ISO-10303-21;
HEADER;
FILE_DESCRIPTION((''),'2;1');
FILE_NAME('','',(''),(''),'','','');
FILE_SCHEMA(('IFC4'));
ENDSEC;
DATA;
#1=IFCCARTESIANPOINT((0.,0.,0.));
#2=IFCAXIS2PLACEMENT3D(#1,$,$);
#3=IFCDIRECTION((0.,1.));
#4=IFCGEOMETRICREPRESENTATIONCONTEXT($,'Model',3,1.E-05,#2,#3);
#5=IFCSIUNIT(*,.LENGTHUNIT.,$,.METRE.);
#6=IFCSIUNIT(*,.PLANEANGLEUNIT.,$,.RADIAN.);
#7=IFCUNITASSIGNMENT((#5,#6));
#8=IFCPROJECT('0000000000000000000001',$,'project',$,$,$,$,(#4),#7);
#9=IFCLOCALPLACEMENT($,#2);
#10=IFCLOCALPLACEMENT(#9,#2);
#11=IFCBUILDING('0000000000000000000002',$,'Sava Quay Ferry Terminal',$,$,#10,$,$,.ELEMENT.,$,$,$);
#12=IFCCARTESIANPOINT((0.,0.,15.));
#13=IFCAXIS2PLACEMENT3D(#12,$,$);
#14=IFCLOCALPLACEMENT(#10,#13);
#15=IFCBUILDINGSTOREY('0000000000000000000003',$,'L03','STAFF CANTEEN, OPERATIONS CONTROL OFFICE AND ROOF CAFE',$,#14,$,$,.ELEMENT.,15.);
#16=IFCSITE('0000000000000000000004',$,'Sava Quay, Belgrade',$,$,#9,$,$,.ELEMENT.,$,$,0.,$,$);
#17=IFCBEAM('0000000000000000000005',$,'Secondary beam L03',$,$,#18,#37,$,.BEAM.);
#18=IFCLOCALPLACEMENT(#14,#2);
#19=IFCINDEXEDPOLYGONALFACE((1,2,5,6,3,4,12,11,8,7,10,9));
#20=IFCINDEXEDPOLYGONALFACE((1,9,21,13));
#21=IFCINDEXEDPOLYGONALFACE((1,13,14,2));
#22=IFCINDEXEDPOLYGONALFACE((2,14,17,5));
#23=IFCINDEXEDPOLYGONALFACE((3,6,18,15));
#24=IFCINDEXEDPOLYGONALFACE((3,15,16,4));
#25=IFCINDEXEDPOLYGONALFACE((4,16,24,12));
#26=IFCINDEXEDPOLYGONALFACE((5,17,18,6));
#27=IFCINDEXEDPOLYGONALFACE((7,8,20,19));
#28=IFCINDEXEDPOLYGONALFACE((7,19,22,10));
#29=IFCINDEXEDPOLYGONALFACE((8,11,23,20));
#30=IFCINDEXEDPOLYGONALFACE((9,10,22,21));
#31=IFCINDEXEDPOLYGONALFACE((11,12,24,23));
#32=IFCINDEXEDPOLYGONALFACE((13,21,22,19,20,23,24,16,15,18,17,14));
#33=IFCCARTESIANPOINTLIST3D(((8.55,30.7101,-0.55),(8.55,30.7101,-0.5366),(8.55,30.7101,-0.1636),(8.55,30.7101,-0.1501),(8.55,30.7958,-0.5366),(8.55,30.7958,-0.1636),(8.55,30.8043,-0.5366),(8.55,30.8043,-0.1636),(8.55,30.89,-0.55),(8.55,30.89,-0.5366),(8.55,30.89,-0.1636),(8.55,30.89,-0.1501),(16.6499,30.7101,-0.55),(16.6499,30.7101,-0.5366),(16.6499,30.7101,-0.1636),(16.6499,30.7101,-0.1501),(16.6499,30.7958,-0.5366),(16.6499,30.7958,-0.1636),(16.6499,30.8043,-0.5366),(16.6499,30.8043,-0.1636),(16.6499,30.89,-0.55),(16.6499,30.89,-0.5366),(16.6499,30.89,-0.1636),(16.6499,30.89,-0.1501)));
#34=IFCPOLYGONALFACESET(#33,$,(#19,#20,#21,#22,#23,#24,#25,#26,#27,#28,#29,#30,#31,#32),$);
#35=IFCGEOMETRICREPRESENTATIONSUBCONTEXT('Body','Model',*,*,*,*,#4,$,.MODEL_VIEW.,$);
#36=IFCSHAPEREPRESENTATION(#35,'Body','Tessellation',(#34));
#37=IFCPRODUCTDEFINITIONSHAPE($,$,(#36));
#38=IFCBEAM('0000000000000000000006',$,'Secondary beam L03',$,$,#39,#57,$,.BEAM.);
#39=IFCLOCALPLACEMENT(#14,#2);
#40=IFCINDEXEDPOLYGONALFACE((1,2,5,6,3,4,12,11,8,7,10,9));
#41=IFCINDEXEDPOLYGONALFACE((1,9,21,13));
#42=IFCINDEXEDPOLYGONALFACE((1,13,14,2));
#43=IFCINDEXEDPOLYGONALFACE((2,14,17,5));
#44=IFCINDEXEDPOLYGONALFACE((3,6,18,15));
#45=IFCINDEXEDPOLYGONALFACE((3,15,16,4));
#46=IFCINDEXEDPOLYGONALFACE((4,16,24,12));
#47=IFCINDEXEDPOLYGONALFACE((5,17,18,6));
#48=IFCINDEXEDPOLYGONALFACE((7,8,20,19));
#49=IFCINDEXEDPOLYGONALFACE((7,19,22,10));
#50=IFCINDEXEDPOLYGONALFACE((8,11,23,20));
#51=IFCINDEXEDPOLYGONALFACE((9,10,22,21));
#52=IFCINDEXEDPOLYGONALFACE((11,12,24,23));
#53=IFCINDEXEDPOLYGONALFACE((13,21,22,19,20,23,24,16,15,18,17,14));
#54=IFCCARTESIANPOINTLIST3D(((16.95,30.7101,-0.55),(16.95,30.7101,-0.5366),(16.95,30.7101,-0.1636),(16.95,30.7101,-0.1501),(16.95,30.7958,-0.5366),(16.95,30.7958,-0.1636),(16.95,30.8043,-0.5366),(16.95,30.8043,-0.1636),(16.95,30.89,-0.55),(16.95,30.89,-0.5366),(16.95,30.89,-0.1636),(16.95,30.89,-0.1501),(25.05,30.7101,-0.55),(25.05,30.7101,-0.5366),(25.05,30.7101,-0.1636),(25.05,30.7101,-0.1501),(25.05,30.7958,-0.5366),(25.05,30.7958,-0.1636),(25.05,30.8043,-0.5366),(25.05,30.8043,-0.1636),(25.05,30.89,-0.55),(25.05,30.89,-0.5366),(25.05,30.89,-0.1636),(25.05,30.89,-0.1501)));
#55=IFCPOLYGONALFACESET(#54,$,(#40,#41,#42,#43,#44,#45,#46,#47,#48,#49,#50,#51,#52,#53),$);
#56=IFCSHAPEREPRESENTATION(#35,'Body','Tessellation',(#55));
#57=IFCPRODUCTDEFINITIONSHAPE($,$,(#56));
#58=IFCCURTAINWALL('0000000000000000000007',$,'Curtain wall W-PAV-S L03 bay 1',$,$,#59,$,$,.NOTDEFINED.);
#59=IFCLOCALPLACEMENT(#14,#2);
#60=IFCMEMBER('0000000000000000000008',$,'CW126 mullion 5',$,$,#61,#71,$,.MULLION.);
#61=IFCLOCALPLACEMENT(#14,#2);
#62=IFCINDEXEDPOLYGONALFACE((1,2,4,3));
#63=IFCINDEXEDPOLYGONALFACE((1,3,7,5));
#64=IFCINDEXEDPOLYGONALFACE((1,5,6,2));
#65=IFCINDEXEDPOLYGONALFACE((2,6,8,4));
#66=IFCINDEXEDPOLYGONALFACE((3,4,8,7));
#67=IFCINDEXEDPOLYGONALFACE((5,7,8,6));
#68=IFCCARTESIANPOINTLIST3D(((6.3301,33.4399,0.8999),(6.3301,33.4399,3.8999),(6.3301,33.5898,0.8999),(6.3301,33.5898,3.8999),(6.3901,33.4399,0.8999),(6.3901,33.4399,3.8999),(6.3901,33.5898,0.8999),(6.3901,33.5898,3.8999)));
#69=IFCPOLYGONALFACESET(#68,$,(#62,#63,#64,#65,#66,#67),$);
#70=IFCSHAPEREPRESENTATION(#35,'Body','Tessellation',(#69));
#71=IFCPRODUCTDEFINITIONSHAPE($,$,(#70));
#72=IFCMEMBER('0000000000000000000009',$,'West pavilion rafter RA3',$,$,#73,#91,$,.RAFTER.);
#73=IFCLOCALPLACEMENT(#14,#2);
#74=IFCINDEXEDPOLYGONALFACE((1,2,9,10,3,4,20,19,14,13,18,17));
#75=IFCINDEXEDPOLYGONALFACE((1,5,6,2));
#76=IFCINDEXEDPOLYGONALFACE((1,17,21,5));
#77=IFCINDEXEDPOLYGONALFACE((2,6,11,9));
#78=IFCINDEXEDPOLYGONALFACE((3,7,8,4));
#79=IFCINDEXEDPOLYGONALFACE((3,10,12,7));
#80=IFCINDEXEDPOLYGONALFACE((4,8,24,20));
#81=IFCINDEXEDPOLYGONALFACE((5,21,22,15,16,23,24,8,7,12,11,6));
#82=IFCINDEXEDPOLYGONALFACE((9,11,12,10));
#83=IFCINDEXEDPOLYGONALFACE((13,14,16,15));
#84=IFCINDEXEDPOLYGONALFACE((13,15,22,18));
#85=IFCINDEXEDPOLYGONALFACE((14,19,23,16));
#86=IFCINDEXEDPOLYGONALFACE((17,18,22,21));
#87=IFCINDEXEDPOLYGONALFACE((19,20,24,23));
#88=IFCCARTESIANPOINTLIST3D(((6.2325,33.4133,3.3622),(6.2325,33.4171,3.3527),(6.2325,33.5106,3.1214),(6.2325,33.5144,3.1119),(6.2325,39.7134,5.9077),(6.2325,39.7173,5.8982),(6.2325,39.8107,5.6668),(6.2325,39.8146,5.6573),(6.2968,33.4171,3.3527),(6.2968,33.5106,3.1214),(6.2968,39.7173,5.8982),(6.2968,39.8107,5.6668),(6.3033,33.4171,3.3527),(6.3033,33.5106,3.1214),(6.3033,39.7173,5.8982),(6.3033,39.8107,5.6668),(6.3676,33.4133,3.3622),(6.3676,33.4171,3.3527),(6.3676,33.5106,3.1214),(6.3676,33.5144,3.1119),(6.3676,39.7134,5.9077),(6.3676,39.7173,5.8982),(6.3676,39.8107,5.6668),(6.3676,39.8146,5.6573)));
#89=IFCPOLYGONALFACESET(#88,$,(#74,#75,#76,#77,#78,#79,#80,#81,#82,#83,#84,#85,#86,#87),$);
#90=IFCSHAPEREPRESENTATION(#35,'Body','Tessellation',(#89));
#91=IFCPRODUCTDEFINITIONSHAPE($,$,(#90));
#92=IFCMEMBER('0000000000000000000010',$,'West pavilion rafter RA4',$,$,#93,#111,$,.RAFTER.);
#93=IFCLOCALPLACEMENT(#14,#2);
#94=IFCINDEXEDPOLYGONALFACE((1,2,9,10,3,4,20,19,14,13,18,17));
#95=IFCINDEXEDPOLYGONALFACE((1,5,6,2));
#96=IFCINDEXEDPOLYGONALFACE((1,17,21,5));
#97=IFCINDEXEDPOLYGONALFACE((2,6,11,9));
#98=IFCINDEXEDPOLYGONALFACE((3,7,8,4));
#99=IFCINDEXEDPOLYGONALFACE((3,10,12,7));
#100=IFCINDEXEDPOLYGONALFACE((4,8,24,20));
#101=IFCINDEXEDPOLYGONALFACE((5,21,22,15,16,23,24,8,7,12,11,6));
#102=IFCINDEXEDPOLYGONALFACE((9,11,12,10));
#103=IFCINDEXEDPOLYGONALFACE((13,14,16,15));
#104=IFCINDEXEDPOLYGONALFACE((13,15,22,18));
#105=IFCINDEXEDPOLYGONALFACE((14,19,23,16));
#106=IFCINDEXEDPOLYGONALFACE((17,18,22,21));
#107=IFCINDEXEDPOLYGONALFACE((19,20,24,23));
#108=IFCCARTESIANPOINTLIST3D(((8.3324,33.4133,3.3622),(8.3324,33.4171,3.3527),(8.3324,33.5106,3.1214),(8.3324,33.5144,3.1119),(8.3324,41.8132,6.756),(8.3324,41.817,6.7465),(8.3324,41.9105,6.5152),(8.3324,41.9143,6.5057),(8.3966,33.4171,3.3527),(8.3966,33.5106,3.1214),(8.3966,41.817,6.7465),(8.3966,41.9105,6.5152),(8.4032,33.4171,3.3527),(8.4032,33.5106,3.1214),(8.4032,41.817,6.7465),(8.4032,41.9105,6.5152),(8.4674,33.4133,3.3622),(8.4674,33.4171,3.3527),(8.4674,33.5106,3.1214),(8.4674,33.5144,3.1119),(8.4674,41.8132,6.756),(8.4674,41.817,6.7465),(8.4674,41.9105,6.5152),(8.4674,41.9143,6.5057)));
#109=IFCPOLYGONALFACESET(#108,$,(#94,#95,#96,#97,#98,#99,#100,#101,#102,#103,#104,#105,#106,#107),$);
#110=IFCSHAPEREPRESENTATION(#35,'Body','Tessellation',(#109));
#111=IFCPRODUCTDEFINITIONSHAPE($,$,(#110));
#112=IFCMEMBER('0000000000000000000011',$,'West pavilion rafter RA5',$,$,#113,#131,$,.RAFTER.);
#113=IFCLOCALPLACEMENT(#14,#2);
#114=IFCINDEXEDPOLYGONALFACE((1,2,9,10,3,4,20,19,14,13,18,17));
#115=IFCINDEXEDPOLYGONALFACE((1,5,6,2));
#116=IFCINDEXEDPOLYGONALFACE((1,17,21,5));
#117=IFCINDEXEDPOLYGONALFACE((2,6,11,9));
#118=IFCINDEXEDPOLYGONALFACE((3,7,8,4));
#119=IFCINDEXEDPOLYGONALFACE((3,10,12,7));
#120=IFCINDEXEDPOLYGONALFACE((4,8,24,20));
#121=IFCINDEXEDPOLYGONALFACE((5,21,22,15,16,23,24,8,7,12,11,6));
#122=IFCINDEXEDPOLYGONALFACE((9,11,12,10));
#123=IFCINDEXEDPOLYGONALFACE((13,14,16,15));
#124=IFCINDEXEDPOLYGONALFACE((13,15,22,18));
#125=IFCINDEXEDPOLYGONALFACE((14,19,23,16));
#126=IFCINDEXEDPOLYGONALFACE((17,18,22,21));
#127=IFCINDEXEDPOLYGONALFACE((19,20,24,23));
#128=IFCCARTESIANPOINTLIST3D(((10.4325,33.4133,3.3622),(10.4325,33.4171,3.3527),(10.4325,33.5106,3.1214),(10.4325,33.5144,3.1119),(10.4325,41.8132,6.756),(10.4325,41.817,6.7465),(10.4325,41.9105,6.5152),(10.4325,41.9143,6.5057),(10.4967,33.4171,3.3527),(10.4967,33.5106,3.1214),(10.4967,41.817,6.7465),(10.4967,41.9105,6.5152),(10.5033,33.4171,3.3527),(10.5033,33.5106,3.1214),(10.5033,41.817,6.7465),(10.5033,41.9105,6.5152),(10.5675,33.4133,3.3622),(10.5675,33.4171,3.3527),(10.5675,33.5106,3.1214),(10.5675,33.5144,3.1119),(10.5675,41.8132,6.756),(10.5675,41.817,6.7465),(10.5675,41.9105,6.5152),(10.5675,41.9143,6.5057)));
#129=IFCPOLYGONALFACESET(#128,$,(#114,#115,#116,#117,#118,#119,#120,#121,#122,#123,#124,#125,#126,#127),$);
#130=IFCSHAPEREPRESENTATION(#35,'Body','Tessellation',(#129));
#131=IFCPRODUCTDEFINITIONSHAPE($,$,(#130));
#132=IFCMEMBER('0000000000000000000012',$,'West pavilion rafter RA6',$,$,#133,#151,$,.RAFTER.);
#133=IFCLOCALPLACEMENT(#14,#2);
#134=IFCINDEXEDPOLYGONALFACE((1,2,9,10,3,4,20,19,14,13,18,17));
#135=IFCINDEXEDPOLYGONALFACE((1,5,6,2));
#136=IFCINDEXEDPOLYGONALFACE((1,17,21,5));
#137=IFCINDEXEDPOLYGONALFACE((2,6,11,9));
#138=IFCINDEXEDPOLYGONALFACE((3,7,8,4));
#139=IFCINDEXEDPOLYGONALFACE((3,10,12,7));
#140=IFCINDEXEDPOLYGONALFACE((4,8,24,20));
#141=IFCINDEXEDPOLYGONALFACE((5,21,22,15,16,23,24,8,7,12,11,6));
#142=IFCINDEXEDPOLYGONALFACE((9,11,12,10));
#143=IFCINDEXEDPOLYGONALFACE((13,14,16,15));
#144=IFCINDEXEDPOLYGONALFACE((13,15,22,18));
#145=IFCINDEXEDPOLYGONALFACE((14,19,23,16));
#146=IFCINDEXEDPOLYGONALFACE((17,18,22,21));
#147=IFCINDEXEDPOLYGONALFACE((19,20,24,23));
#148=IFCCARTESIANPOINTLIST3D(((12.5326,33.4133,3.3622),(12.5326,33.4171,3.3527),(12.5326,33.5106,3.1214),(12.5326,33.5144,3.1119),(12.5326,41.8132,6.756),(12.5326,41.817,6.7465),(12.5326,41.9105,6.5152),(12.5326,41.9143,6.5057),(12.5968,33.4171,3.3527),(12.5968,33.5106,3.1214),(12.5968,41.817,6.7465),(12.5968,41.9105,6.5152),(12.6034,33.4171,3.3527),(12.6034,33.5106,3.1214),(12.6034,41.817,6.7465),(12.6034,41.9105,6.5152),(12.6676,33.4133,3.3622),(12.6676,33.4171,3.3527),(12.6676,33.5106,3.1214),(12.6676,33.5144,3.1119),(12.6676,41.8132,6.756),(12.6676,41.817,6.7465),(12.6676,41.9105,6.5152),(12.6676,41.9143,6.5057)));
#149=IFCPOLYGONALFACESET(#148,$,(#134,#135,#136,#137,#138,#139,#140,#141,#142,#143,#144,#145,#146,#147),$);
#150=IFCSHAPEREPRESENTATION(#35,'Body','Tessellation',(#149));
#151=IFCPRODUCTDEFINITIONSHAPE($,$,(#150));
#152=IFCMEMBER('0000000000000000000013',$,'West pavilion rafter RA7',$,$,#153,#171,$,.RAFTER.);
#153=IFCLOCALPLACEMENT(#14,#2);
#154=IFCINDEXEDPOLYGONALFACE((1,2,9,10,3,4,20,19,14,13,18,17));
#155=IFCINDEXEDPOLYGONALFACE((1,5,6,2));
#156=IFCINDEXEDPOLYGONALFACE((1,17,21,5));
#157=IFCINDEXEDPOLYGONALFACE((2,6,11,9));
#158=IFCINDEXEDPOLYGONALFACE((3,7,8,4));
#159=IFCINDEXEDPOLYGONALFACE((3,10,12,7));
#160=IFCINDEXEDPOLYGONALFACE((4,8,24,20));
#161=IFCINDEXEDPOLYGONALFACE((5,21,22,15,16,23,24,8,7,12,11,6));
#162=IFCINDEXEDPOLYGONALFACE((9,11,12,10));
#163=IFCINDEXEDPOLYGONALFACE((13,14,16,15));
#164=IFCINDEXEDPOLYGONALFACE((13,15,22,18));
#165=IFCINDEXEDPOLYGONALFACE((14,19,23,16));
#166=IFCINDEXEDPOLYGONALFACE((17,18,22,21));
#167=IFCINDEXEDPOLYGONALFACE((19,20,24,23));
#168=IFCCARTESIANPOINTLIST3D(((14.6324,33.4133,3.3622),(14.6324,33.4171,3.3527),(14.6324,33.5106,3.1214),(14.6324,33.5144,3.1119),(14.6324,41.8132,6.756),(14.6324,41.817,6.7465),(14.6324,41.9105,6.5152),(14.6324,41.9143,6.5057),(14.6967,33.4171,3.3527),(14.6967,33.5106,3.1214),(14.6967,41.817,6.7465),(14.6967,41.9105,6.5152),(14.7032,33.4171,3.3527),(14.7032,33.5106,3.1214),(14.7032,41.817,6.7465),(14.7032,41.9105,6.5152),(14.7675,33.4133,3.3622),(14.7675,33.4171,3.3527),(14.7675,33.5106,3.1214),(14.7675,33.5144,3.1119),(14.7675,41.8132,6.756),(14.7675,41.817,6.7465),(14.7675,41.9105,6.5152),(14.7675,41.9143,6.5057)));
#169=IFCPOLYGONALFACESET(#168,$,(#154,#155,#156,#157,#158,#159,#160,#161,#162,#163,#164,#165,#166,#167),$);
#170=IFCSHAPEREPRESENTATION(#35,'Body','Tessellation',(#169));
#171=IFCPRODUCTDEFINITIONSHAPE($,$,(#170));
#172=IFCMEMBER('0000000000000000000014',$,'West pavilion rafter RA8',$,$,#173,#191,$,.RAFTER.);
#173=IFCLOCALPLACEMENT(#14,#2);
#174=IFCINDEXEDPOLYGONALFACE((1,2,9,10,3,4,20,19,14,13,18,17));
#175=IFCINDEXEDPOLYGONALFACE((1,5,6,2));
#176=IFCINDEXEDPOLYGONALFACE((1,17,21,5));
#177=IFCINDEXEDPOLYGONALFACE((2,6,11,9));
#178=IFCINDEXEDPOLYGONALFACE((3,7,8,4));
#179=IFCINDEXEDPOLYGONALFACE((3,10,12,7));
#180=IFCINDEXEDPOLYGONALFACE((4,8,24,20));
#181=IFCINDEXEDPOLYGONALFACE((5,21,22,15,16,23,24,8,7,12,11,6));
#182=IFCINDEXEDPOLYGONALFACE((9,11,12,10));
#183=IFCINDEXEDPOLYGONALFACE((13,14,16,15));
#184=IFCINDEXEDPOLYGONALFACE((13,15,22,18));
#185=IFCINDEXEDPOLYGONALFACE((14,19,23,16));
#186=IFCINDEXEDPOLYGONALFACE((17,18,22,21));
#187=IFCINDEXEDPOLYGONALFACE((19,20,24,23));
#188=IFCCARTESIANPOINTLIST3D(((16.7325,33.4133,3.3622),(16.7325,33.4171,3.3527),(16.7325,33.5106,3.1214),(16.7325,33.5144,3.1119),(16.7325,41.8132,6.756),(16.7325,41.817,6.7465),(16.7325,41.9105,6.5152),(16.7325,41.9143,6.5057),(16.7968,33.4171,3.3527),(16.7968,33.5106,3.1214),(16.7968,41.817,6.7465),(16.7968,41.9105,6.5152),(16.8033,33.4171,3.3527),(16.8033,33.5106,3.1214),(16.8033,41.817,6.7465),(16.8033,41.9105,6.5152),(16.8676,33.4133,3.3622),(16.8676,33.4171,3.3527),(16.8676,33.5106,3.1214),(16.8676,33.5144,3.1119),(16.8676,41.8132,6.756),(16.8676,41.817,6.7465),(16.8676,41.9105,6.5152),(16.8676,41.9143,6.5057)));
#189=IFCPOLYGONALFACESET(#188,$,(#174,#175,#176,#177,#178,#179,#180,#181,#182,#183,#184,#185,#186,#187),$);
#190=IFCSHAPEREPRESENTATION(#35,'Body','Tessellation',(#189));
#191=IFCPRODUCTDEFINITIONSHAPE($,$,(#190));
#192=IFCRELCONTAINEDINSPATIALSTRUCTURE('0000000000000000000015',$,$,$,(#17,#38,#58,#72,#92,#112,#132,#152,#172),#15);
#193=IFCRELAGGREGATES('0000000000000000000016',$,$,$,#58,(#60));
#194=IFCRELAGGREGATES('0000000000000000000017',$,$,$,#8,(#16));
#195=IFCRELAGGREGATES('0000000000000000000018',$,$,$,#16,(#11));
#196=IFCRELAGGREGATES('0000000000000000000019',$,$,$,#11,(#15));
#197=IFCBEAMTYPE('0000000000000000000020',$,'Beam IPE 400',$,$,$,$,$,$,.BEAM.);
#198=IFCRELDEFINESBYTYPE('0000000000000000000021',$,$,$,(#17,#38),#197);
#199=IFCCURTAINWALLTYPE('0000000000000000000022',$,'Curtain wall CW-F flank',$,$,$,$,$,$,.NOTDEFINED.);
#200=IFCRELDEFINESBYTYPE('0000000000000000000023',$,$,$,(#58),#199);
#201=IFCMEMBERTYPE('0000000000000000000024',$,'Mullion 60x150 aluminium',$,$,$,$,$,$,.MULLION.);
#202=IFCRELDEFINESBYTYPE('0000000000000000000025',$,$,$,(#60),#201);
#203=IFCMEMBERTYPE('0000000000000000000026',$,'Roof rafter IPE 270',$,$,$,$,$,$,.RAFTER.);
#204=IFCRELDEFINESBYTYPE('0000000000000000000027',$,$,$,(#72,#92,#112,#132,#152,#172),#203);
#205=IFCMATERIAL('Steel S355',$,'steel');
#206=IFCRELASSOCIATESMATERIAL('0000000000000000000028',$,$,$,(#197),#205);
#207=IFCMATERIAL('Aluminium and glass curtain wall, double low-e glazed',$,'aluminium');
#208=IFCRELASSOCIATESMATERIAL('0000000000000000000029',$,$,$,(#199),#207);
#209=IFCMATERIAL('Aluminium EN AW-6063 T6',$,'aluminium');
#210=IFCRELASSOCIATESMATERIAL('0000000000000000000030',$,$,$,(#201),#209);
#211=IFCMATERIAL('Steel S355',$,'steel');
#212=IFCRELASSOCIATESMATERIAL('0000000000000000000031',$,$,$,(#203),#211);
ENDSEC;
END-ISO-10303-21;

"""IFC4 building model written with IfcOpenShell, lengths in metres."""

from ifc_helpers import new_model, si_unit, direction, frame, origin, origin_2d, place, context, subcontext, project, spatial, rectangle, i_section, extrude, material, material_profile, profile_set, type_object, element, aggregate, save


model = new_model("IFC4")

# Units and contexts
model_context = context("Model", 3, precision=1e-05, world=origin(), true_north=direction((0.0, 1.0)))
body_context = subcontext(model_context, "Body", "Model", "MODEL_VIEW")
ifc_project = project(units=[si_unit("LENGTHUNIT", "METRE"), si_unit("PLANEANGLEUNIT", "RADIAN")], contexts=[model_context])

# Site, building, storey
site_placement = place(None, origin())
site = spatial("IfcSite", under=ifc_project, at=site_placement, Name="Sava Quay, Belgrade", CompositionType="ELEMENT", RefElevation=0.0)
building_placement = place(site_placement, origin())
building = spatial("IfcBuilding", under=site, at=building_placement, Name="Sava Quay Ferry Terminal", CompositionType="ELEMENT")
storey_placement = place(building_placement, frame((0.0, 0.0, 15.0)))
storey = spatial("IfcBuildingStorey", under=building, at=storey_placement, Name="L03", Description="STAFF CANTEEN, OPERATIONS CONTROL OFFICE AND ROOF CAFE", CompositionType="ELEMENT", Elevation=15.0)

# Beams
ifc_material_1 = material(Name="Steel S355", Category="steel")
ifc_material_profile_1 = material_profile(ifc_material_1, i_section(OverallWidth=0.1799, OverallDepth=0.3999, WebThickness=0.0085, FlangeThickness=0.0134, at=origin_2d()), Name="IPE 400")
ifc_profile_set_1 = profile_set([ifc_material_profile_1], Name="Steel S355")
beam_type = type_object("IfcBeamType", Name="Beam IPE 400", PredefinedType="BEAM", material=ifc_profile_set_1)
beam_1_placement = place(storey_placement, frame((8.55, 30.8, -0.3501), z_axis=(1.0, 0.0, 0.0), x_axis=(0.0, 1.0, 0.0)))
element("IfcBeam", 1, at=beam_1_placement, inside=storey, type_object=beam_type, Name="Secondary beam L03", PredefinedType="BEAM", context=body_context, shape_type="SweptSolid", body=[
    extrude(i_section(OverallWidth=0.1799, OverallDepth=0.3999, WebThickness=0.0085, FlangeThickness=0.0134, at=origin_2d()), origin(), (0.0, 0.0, 1.0), 8.0999),
])
beam_2_placement = place(storey_placement, frame((16.95, 30.8, -0.3501), z_axis=(1.0, 0.0, 0.0), x_axis=(0.0, 1.0, 0.0)))
element("IfcBeam", 2, at=beam_2_placement, inside=storey, type_object=beam_type, Name="Secondary beam L03", PredefinedType="BEAM", context=body_context, shape_type="SweptSolid", body=[
    extrude(i_section(OverallWidth=0.1799, OverallDepth=0.3999, WebThickness=0.0085, FlangeThickness=0.0134, at=origin_2d()), origin(), (0.0, 0.0, 1.0), 8.1001),
])

# Curtain wall, member
ifc_material_2 = material(Name="Aluminium and glass curtain wall, double low-e glazed", Category="aluminium")
curtain_wall_type = type_object("IfcCurtainWallType", Name="Curtain wall CW-F flank", PredefinedType="NOTDEFINED", material=ifc_material_2)
curtain_wall_placement = place(storey_placement, origin())
curtain_wall = element("IfcCurtainWall", 3, at=curtain_wall_placement, inside=storey, type_object=curtain_wall_type, Name="Curtain wall W-PAV-S L03 bay 1", PredefinedType="NOTDEFINED")
ifc_material_3 = material(Name="Aluminium EN AW-6063 T6", Category="aluminium")
ifc_material_profile_2 = material_profile(ifc_material_3, rectangle(XDim=0.1499, YDim=0.0601, at=origin_2d()), Name="Mullion 60x150 aluminium")
ifc_profile_set_2 = profile_set([ifc_material_profile_2], Name="Aluminium EN AW-6063 T6")
member_type_1 = type_object("IfcMemberType", Name="Mullion 60x150 aluminium", PredefinedType="MULLION", material=ifc_profile_set_2)
member_1_placement = place(storey_placement, frame((6.3601, 33.5149, 0.8999), z_axis=(0.0, 0.0, 1.0), x_axis=(0.0, 1.0, 0.0)))
member_1 = element("IfcMember", 4, at=member_1_placement, type_object=member_type_1, Name="CW126 mullion 5", PredefinedType="MULLION", context=body_context, shape_type="SweptSolid", body=[
    extrude(rectangle(XDim=0.1499, YDim=0.0601, at=origin_2d()), origin(), (0.0, 0.0, 1.0), 3.0),
])

# Members
ifc_material_4 = material(Name="Steel S355", Category="steel")
ifc_material_profile_3 = material_profile(ifc_material_4, i_section(OverallWidth=0.135, OverallDepth=0.27, WebThickness=0.0066, FlangeThickness=0.0103, at=origin_2d()), Name="IPE 270")
ifc_profile_set_3 = profile_set([ifc_material_profile_3], Name="Steel S355")
member_type_2 = type_object("IfcMemberType", Name="Roof rafter IPE 270", PredefinedType="RAFTER", material=ifc_profile_set_3)
member_2_placement = place(storey_placement, frame((6.3, 33.4639, 3.2371), z_axis=(0.0, 0.927183, 0.37461), x_axis=(-1.0, 0.0, 0.0)))
element("IfcMember", 5, at=member_2_placement, inside=storey, type_object=member_type_2, Name="West pavilion rafter RA3", PredefinedType="RAFTER", context=body_context, shape_type="SweptSolid", body=[
    extrude(i_section(OverallWidth=0.135, OverallDepth=0.27, WebThickness=0.0066, FlangeThickness=0.0103, at=origin_2d()), origin(), (0.0, 0.0, 1.0), 6.7949),
])
for number, where, z_axis, x_axis, name in (
    (6, (8.3999, 33.4639, 3.2371), (0.0, 0.927183, 0.374608), (-1.0, 0.0, 0.0), "West pavilion rafter RA4"),
    (7, (10.5, 33.4639, 3.2371), (0.0, 0.927183, 0.374608), (-1.0, 0.0, 0.0), "West pavilion rafter RA5"),
    (8, (12.6001, 33.4639, 3.2371), (0.0, 0.927183, 0.374608), (-1.0, 0.0, 0.0), "West pavilion rafter RA6"),
    (9, (14.7, 33.4639, 3.2371), (0.0, 0.927183, 0.374608), (-1.0, 0.0, 0.0), "West pavilion rafter RA7"),
    (10, (16.8, 33.4639, 3.2371), (0.0, 0.927183, 0.374608), (-1.0, 0.0, 0.0), "West pavilion rafter RA8"),
):
    element("IfcMember", number, at=place(storey_placement, frame(where, z_axis=z_axis, x_axis=x_axis)), inside=storey, type_object=member_type_2, Name=name, PredefinedType="RAFTER", context=body_context, shape_type="SweptSolid", body=[
        extrude(i_section(OverallWidth=0.135, OverallDepth=0.27, WebThickness=0.0066, FlangeThickness=0.0103, at=origin_2d()), origin(), (0.0, 0.0, 1.0), 9.0596),
    ])

aggregate(curtain_wall, [member_1])

save(model, "model.ifc")
